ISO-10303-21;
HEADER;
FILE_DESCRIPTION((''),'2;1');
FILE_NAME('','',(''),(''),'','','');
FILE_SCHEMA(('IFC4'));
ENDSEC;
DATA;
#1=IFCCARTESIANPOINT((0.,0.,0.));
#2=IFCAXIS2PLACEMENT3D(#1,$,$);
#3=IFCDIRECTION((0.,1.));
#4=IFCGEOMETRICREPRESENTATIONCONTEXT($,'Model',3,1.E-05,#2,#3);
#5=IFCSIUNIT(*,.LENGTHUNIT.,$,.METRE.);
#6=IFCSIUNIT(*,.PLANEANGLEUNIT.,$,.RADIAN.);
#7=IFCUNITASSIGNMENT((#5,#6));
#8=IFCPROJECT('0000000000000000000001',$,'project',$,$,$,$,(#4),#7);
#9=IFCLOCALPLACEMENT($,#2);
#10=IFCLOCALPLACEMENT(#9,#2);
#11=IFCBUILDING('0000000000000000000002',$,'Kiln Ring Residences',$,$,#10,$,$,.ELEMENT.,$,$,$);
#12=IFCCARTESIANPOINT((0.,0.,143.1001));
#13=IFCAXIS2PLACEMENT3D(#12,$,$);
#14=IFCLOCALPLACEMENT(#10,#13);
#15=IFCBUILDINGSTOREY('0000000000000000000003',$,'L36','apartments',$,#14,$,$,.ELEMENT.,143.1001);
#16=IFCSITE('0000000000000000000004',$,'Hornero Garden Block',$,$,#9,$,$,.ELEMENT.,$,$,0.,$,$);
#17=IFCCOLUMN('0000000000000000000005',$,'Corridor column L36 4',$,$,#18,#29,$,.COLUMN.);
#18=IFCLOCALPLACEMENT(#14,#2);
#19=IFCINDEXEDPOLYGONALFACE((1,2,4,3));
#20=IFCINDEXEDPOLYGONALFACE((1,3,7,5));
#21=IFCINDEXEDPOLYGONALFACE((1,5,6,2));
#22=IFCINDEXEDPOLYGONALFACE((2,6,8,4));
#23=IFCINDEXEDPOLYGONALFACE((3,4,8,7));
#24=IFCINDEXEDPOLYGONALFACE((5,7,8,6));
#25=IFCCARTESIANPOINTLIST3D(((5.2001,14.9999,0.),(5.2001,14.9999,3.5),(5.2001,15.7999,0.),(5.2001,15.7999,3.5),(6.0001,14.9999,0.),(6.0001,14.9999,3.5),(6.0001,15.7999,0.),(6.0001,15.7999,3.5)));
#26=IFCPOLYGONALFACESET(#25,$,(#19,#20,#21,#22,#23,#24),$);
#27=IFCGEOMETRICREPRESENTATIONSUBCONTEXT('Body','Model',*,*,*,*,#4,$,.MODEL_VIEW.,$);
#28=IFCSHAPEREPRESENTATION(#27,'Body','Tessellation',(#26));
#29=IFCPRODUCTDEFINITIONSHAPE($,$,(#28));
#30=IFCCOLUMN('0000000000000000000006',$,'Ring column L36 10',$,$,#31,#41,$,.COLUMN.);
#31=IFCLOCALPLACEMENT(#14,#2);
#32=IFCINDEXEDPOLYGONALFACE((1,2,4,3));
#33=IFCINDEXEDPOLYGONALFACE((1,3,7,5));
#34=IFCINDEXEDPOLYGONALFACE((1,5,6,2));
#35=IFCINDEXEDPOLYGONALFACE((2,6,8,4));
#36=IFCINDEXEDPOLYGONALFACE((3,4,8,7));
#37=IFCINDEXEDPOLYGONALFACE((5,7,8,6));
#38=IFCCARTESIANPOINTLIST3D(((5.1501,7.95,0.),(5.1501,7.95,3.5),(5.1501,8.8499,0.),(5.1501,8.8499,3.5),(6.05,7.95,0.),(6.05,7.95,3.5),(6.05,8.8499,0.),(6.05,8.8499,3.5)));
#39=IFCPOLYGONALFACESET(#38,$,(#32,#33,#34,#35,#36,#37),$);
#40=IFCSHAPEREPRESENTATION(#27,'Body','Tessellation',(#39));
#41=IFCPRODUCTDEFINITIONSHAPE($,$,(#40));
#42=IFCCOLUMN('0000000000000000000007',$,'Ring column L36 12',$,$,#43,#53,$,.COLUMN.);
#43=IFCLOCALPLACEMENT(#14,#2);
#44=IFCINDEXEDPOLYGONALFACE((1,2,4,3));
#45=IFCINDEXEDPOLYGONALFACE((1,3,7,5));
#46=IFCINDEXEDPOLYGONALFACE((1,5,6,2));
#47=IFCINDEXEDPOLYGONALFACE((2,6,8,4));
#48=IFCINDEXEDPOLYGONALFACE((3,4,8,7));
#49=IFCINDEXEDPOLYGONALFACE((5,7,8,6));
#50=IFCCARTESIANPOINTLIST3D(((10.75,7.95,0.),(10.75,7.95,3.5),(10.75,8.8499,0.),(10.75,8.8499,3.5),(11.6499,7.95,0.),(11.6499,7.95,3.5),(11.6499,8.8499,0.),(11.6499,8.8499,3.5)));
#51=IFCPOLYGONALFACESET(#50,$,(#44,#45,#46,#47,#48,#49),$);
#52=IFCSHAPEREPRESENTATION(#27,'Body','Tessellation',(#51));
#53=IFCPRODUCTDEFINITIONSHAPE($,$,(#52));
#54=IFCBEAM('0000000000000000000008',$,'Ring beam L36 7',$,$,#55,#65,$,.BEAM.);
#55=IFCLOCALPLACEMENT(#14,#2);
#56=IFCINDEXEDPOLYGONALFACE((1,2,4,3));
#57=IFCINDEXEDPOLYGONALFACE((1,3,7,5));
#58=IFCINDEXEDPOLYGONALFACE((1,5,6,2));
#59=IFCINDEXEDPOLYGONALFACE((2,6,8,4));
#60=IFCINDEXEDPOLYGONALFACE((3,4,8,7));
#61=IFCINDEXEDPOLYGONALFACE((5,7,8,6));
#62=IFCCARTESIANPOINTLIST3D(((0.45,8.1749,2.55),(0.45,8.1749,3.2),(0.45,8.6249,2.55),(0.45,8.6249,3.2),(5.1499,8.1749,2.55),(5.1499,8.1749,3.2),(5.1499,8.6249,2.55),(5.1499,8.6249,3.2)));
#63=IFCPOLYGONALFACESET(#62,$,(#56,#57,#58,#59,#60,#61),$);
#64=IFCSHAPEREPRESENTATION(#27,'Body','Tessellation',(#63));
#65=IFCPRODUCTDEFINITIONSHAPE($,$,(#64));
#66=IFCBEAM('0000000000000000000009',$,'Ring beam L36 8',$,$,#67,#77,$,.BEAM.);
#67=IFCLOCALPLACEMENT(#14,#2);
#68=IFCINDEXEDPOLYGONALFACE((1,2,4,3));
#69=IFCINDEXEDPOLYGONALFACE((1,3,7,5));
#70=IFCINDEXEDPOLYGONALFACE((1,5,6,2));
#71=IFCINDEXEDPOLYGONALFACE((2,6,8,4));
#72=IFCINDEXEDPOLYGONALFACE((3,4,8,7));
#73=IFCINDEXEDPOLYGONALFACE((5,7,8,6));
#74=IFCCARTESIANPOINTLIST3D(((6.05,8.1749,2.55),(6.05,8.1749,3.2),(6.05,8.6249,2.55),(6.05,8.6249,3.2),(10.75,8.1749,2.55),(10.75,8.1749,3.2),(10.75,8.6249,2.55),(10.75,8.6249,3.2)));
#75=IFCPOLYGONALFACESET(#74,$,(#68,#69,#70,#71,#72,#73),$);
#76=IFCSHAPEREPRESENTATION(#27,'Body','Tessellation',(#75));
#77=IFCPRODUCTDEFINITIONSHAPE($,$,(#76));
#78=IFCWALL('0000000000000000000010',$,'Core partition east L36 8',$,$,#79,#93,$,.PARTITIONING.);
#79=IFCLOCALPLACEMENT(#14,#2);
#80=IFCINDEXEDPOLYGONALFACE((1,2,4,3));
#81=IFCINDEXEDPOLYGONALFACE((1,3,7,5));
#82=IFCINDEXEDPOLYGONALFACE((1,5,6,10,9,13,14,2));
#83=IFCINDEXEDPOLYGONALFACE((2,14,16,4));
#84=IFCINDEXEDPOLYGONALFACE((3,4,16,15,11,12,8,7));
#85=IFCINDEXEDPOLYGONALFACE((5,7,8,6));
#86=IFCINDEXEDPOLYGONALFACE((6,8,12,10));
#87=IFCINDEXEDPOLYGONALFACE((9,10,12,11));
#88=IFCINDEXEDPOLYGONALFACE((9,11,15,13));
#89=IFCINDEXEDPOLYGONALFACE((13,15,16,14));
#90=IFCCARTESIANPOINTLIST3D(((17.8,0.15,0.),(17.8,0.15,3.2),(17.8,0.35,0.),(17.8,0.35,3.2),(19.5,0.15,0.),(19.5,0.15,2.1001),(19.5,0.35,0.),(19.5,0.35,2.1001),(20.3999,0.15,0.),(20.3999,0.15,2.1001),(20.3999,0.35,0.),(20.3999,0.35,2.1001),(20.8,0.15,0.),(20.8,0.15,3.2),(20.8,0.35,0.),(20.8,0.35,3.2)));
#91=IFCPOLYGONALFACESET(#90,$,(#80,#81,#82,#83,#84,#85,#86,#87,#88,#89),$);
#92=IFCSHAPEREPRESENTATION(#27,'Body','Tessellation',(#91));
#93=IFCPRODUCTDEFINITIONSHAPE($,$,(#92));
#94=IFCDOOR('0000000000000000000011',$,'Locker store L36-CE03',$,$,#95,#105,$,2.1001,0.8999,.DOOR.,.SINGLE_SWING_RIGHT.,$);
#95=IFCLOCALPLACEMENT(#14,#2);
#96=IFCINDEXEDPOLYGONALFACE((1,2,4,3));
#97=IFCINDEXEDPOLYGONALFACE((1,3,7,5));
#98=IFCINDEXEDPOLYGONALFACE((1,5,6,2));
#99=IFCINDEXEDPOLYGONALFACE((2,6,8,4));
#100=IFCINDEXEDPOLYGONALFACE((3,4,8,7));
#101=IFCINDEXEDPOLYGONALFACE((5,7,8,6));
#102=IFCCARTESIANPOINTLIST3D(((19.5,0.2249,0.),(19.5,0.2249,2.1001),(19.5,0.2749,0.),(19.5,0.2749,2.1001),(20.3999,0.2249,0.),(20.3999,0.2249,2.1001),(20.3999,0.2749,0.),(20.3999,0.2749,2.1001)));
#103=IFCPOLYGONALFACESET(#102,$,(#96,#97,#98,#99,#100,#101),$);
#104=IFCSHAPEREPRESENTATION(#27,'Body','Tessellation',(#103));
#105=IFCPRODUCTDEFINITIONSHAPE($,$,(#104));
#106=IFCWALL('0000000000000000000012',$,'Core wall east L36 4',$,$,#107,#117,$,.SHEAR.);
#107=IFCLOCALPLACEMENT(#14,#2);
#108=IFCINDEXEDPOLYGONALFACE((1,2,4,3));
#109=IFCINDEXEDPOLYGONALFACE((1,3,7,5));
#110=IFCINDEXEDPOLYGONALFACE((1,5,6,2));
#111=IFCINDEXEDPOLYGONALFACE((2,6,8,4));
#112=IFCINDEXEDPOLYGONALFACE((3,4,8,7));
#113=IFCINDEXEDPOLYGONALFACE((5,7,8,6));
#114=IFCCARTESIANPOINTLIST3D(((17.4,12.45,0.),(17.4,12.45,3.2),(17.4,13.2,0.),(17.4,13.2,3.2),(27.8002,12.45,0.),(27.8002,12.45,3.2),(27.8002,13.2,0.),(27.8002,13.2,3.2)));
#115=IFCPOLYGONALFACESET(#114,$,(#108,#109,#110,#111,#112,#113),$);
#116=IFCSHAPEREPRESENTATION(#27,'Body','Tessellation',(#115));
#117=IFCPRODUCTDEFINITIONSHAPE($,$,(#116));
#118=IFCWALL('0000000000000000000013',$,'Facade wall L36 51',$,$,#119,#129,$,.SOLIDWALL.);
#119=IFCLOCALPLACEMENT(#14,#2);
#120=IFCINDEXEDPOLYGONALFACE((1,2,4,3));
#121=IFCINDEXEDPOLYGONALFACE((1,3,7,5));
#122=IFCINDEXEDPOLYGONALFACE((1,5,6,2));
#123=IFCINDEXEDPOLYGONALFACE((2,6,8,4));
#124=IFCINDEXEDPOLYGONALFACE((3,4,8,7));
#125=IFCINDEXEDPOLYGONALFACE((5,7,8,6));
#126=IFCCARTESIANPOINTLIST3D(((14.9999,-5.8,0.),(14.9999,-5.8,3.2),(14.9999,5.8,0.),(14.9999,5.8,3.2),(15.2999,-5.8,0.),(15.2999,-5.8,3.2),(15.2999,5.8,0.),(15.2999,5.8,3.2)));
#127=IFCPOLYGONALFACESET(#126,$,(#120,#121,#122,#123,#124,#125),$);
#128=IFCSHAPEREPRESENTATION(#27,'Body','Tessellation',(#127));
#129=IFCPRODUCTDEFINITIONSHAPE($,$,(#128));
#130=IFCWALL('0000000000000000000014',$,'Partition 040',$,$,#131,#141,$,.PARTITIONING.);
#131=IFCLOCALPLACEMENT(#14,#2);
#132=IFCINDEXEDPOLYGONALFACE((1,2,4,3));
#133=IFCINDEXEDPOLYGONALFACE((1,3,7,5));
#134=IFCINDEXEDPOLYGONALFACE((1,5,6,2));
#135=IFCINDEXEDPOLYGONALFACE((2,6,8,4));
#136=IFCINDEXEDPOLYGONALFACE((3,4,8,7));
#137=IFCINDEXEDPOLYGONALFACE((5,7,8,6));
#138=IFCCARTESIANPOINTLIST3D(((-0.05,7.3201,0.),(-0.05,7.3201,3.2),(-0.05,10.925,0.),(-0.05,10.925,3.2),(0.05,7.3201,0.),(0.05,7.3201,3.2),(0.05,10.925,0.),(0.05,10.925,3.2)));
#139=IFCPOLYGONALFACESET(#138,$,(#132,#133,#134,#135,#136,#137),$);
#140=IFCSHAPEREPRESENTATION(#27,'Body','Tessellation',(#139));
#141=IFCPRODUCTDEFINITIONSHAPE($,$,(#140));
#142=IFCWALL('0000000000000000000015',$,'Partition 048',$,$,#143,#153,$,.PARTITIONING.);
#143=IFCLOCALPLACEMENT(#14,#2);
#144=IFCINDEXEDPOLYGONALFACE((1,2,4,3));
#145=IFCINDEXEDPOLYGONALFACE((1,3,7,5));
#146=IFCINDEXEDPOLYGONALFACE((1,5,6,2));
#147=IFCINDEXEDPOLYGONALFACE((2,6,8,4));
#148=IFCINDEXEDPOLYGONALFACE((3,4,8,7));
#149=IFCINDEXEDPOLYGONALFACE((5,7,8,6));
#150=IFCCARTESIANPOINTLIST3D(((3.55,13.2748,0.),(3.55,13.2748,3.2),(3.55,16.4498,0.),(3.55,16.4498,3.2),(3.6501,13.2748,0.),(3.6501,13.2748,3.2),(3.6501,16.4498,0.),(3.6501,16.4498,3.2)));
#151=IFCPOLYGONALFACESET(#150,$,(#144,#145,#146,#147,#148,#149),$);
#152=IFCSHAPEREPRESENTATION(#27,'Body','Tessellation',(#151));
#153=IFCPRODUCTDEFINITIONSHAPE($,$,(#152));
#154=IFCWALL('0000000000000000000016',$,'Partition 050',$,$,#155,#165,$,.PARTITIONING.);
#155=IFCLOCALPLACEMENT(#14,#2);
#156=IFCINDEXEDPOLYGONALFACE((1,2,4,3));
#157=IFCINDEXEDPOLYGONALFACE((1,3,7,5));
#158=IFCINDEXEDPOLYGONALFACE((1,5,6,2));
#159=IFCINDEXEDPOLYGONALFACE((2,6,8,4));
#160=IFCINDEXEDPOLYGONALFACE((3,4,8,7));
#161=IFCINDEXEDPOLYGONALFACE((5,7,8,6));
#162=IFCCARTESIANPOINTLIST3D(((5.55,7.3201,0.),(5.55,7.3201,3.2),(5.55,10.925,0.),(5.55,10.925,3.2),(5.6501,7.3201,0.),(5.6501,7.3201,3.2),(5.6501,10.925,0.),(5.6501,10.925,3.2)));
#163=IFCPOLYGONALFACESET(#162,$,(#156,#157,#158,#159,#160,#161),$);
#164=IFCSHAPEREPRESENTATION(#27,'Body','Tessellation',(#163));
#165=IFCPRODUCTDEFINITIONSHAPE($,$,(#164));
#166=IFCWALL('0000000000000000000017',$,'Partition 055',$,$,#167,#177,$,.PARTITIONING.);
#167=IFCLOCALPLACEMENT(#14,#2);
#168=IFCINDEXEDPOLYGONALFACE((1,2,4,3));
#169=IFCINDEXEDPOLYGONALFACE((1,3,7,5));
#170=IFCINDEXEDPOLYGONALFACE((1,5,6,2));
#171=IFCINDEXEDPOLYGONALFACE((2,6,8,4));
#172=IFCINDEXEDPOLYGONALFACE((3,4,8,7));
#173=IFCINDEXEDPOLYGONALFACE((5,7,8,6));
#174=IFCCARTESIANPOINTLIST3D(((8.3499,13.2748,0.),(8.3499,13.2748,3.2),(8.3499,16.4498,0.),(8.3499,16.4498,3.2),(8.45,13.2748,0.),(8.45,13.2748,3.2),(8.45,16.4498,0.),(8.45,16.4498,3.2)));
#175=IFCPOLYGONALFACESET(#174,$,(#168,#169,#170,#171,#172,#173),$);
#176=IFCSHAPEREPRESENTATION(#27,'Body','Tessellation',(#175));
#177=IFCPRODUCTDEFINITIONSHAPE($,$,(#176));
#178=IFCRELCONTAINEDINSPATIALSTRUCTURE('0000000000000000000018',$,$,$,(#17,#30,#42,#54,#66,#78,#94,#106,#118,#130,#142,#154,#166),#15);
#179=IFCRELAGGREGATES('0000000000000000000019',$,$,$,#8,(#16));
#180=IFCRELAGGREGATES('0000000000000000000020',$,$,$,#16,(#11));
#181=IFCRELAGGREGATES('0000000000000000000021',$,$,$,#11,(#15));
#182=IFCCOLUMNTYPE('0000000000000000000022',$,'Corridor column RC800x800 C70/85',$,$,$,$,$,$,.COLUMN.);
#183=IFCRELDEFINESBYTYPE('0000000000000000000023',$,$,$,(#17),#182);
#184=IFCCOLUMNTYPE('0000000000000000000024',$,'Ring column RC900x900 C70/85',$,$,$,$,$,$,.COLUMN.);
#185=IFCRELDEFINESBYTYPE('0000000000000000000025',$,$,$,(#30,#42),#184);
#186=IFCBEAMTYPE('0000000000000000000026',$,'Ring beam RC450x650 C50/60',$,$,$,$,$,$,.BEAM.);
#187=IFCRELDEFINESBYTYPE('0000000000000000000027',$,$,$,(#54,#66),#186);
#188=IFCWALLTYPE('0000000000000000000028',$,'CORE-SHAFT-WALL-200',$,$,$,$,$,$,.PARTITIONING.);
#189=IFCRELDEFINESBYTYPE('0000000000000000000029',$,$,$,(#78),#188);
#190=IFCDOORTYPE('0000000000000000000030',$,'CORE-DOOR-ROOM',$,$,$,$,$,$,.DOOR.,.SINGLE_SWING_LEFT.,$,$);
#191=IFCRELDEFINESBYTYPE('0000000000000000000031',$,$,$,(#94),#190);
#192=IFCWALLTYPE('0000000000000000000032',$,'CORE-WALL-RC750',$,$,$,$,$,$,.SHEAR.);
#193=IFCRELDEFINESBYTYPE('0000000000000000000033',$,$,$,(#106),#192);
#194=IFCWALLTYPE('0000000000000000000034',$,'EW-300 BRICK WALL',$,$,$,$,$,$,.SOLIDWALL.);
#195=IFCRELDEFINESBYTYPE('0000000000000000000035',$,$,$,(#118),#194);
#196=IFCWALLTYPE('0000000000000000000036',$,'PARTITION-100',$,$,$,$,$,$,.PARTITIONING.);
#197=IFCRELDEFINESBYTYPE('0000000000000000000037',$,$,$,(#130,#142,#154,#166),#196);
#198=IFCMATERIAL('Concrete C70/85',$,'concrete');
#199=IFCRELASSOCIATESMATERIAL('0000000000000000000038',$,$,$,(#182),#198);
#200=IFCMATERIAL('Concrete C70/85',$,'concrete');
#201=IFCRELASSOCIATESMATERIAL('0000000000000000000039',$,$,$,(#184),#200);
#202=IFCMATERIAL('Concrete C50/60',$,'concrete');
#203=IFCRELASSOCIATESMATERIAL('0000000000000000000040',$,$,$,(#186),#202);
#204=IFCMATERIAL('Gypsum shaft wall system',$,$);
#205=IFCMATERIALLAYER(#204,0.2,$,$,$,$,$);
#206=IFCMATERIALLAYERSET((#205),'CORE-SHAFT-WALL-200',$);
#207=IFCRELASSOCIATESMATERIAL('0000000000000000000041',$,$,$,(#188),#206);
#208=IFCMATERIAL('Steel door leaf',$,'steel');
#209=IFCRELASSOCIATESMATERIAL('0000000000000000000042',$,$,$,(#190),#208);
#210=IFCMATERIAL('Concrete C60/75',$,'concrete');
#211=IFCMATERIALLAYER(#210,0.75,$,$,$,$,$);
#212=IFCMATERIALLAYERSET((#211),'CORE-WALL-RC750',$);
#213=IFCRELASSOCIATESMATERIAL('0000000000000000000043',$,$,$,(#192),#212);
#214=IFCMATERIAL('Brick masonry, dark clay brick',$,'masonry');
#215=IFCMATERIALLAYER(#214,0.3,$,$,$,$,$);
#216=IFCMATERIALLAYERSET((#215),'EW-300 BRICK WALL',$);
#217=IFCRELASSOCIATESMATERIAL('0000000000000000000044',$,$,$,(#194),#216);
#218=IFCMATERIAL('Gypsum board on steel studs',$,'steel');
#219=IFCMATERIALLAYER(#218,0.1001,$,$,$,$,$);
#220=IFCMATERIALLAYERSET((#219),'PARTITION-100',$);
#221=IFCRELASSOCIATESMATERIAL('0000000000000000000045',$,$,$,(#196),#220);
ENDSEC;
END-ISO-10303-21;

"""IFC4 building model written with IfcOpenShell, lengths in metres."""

from ifc_helpers import new_model, si_unit, direction, frame, frame_2d, origin, origin_2d, place, context, subcontext, project, spatial, rectangle, extrude, material, layer, layer_set, material_profile, profile_set, type_object, element, fill, save


model = new_model("IFC4")

# Units and contexts
model_context = context("Model", 3, precision=1e-05, world=origin(), true_north=direction((0.0, 1.0)))
body_context = subcontext(model_context, "Body", "Model", "MODEL_VIEW")
ifc_project = project(units=[si_unit("LENGTHUNIT", "METRE"), si_unit("PLANEANGLEUNIT", "RADIAN")], contexts=[model_context])

# Site, building, storey
site_placement = place(None, origin())
site = spatial("IfcSite", under=ifc_project, at=site_placement, Name="Hornero Garden Block", CompositionType="ELEMENT", RefElevation=0.0)
building_placement = place(site_placement, origin())
building = spatial("IfcBuilding", under=site, at=building_placement, Name="Kiln Ring Residences", CompositionType="ELEMENT")
storey_placement = place(building_placement, frame((0.0, 0.0, 143.1001)))
storey = spatial("IfcBuildingStorey", under=building, at=storey_placement, Name="L36", Description="apartments", CompositionType="ELEMENT", Elevation=143.1001)

# Columns
ifc_material_1 = material(Name="Concrete C70/85", Category="concrete")
ifc_material_profile_1 = material_profile(ifc_material_1, rectangle(XDim=0.8, YDim=0.8, at=origin_2d()), Name="RC800x800")
ifc_profile_set_1 = profile_set([ifc_material_profile_1], Name="Concrete C70/85")
column_type_1 = type_object("IfcColumnType", Name="Corridor column RC800x800 C70/85", PredefinedType="COLUMN", material=ifc_profile_set_1)
column_placement = place(storey_placement, frame((5.6001, 15.3999, 0.0), z_axis=(0.0, 0.0, 1.0), x_axis=(1.0, 0.0, 0.0)))
element("IfcColumn", 1, at=column_placement, inside=storey, type_object=column_type_1, Name="Corridor column L36 4", PredefinedType="COLUMN", context=body_context, shape_type="SweptSolid", body=[
    extrude(rectangle(XDim=0.8, YDim=0.8, at=origin_2d()), origin(), (0.0, 0.0, 1.0), 3.5),
])
ifc_material_2 = material(Name="Concrete C70/85", Category="concrete")
ifc_material_profile_2 = material_profile(ifc_material_2, rectangle(XDim=0.8999, YDim=0.8999, at=origin_2d()), Name="RC900x900")
ifc_profile_set_2 = profile_set([ifc_material_profile_2], Name="Concrete C70/85")
column_type_2 = type_object("IfcColumnType", Name="Ring column RC900x900 C70/85", PredefinedType="COLUMN", material=ifc_profile_set_2)
for number, where, z_axis, x_axis, name in (
    (2, (5.6001, 8.3999, 0.0), (0.0, 0.0, 1.0), (1.0, 0.0, 0.0), "Ring column L36 10"),
    (3, (11.2, 8.3999, 0.0), (0.0, 0.0, 1.0), (1.0, 0.0, 0.0), "Ring column L36 12"),
):
    element("IfcColumn", number, at=place(storey_placement, frame(where, z_axis=z_axis, x_axis=x_axis)), inside=storey, type_object=column_type_2, Name=name, PredefinedType="COLUMN", context=body_context, shape_type="SweptSolid", body=[
        extrude(rectangle(XDim=0.8999, YDim=0.8999, at=origin_2d()), origin(), (0.0, 0.0, 1.0), 3.5),
    ])

# Beams
ifc_material_3 = material(Name="Concrete C50/60", Category="concrete")
ifc_material_profile_3 = material_profile(ifc_material_3, rectangle(XDim=0.45, YDim=0.6499, at=origin_2d()), Name="RC450x650")
ifc_profile_set_3 = profile_set([ifc_material_profile_3], Name="Concrete C50/60")
beam_type = type_object("IfcBeamType", Name="Ring beam RC450x650 C50/60", PredefinedType="BEAM", material=ifc_profile_set_3)
for number, where, z_axis, x_axis, name in (
    (4, (0.45, 8.3999, 2.875), (1.0, 0.0, 0.0), (0.0, 1.0, 0.0), "Ring beam L36 7"),
    (5, (6.05, 8.3999, 2.875), (1.0, 0.0, 0.0), (0.0, 1.0, 0.0), "Ring beam L36 8"),
):
    element("IfcBeam", number, at=place(storey_placement, frame(where, z_axis=z_axis, x_axis=x_axis)), inside=storey, type_object=beam_type, Name=name, PredefinedType="BEAM", context=body_context, shape_type="SweptSolid", body=[
        extrude(rectangle(XDim=0.45, YDim=0.6499, at=origin_2d()), origin(), (0.0, 0.0, 1.0), 4.7),
    ])

# Wall, opening, door
ifc_material_4 = material(Name="Gypsum shaft wall system")
ifc_layer_1 = layer(ifc_material_4, 0.2)
ifc_layer_set_1 = layer_set([ifc_layer_1], Name="CORE-SHAFT-WALL-200")
wall_type_1 = type_object("IfcWallType", Name="CORE-SHAFT-WALL-200", PredefinedType="PARTITIONING", material=ifc_layer_set_1)
wall_1_placement = place(storey_placement, frame((17.8, 0.25, 0.0), z_axis=(0.0, 0.0, 1.0), x_axis=(1.0, 0.0, 0.0)))
wall_1 = element("IfcWall", 6, at=wall_1_placement, inside=storey, type_object=wall_type_1, Name="Core partition east L36 8", PredefinedType="PARTITIONING", context=body_context, shape_type="SweptSolid", body=[
    extrude(rectangle(XDim=3.0, YDim=0.2, at=frame_2d((1.5, 0.0))), origin(), (0.0, 0.0, 1.0), 3.2),
])
opening_1_placement = place(wall_1_placement, frame((1.7, 0.0, 0.0)))
opening_1 = element("IfcOpeningElement", 7, at=opening_1_placement, cuts=wall_1, PredefinedType="OPENING", context=body_context, shape_type="SweptSolid", body=[
    extrude(rectangle(XDim=0.8999, YDim=2.1001, at=frame_2d((0.45, 1.05))), frame((0.0, 0.1099, 0.0), z_axis=(0.0, -1.0, 0.0), x_axis=(1.0, 0.0, 0.0)), (0.0, 0.0, 1.0), 0.22),
])
ifc_material_5 = material(Name="Steel door leaf", Category="steel")
door_type_1 = type_object("IfcDoorType", Name="CORE-DOOR-ROOM", OperationType="SINGLE_SWING_LEFT", PredefinedType="DOOR", material=ifc_material_5)
door_1_placement = place(opening_1_placement, origin())
door_1 = element("IfcDoor", 8, at=door_1_placement, inside=storey, type_object=door_type_1, Name="Locker store L36-CE03", OperationType="SINGLE_SWING_RIGHT", OverallHeight=2.1001, OverallWidth=0.8999, PredefinedType="DOOR", context=body_context, shape_type="SweptSolid", body=[
    extrude(rectangle(XDim=0.8999, YDim=2.1001, at=frame_2d((0.45, 1.05))), frame((0.0, 0.0249, 0.0), z_axis=(0.0, -1.0, 0.0), x_axis=(1.0, 0.0, 0.0)), (0.0, 0.0, 1.0), 0.05),
])
fill(opening_1, door_1)

# Walls
ifc_material_6 = material(Name="Concrete C60/75", Category="concrete")
ifc_layer_2 = layer(ifc_material_6, 0.75)
ifc_layer_set_2 = layer_set([ifc_layer_2], Name="CORE-WALL-RC750")
wall_type_2 = type_object("IfcWallType", Name="CORE-WALL-RC750", PredefinedType="SHEAR", material=ifc_layer_set_2)
wall_2_placement = place(storey_placement, frame((17.3999, 12.825, 0.0), z_axis=(0.0, 0.0, 1.0), x_axis=(1.0, 0.0, 0.0)))
element("IfcWall", 9, at=wall_2_placement, inside=storey, type_object=wall_type_2, Name="Core wall east L36 4", PredefinedType="SHEAR", context=body_context, shape_type="SweptSolid", body=[
    extrude(rectangle(XDim=10.4001, YDim=0.75, at=frame_2d((5.2002, 0.0))), origin(), (0.0, 0.0, 1.0), 3.2),
])
ifc_material_7 = material(Name="Brick masonry, dark clay brick", Category="masonry")
ifc_layer_3 = layer(ifc_material_7, 0.3)
ifc_layer_set_3 = layer_set([ifc_layer_3], Name="EW-300 BRICK WALL")
wall_type_3 = type_object("IfcWallType", Name="EW-300 BRICK WALL", PredefinedType="SOLIDWALL", material=ifc_layer_set_3)
wall_3_placement = place(storey_placement, frame((15.1499, 5.8, 0.0), z_axis=(0.0, 0.0, 1.0), x_axis=(0.0, -1.0, 0.0)))
element("IfcWall", 10, at=wall_3_placement, inside=storey, type_object=wall_type_3, Name="Facade wall L36 51", PredefinedType="SOLIDWALL", context=body_context, shape_type="SweptSolid", body=[
    extrude(rectangle(XDim=11.6001, YDim=0.3, at=frame_2d((5.8, 0.0))), origin(), (0.0, 0.0, 1.0), 3.2),
])
ifc_material_8 = material(Name="Gypsum board on steel studs", Category="steel")
ifc_layer_4 = layer(ifc_material_8, 0.1001)
ifc_layer_set_4 = layer_set([ifc_layer_4], Name="PARTITION-100")
wall_type_4 = type_object("IfcWallType", Name="PARTITION-100", PredefinedType="PARTITIONING", material=ifc_layer_set_4)
wall_4_placement = place(storey_placement, frame((0.0, 7.3201, 0.0), z_axis=(0.0, 0.0, 1.0), x_axis=(0.0, 1.0, 0.0)))
element("IfcWall", 11, at=wall_4_placement, inside=storey, type_object=wall_type_4, Name="Partition 040", PredefinedType="PARTITIONING", context=body_context, shape_type="SweptSolid", body=[
    extrude(rectangle(XDim=3.605, YDim=0.1001, at=frame_2d((1.8025, 0.0))), origin(), (0.0, 0.0, 1.0), 3.2),
])
wall_5_placement = place(storey_placement, frame((3.6001, 13.2749, 0.0), z_axis=(0.0, 0.0, 1.0), x_axis=(0.0, 1.0, 0.0)))
element("IfcWall", 12, at=wall_5_placement, inside=storey, type_object=wall_type_4, Name="Partition 048", PredefinedType="PARTITIONING", context=body_context, shape_type="SweptSolid", body=[
    extrude(rectangle(XDim=3.175, YDim=0.1001, at=frame_2d((1.5874, 0.0))), origin(), (0.0, 0.0, 1.0), 3.2),
])
wall_6_placement = place(storey_placement, frame((5.6001, 7.3201, 0.0), z_axis=(0.0, 0.0, 1.0), x_axis=(0.0, 1.0, 0.0)))
element("IfcWall", 13, at=wall_6_placement, inside=storey, type_object=wall_type_4, Name="Partition 050", PredefinedType="PARTITIONING", context=body_context, shape_type="SweptSolid", body=[
    extrude(rectangle(XDim=3.605, YDim=0.1001, at=frame_2d((1.8025, 0.0))), origin(), (0.0, 0.0, 1.0), 3.2),
])
wall_7_placement = place(storey_placement, frame((8.3999, 13.2749, 0.0), z_axis=(0.0, 0.0, 1.0), x_axis=(0.0, 1.0, 0.0)))
element("IfcWall", 14, at=wall_7_placement, inside=storey, type_object=wall_type_4, Name="Partition 055", PredefinedType="PARTITIONING", context=body_context, shape_type="SweptSolid", body=[
    extrude(rectangle(XDim=3.175, YDim=0.1001, at=frame_2d((1.5874, 0.0))), origin(), (0.0, 0.0, 1.0), 3.2),
])

save(model, "model.ifc")
